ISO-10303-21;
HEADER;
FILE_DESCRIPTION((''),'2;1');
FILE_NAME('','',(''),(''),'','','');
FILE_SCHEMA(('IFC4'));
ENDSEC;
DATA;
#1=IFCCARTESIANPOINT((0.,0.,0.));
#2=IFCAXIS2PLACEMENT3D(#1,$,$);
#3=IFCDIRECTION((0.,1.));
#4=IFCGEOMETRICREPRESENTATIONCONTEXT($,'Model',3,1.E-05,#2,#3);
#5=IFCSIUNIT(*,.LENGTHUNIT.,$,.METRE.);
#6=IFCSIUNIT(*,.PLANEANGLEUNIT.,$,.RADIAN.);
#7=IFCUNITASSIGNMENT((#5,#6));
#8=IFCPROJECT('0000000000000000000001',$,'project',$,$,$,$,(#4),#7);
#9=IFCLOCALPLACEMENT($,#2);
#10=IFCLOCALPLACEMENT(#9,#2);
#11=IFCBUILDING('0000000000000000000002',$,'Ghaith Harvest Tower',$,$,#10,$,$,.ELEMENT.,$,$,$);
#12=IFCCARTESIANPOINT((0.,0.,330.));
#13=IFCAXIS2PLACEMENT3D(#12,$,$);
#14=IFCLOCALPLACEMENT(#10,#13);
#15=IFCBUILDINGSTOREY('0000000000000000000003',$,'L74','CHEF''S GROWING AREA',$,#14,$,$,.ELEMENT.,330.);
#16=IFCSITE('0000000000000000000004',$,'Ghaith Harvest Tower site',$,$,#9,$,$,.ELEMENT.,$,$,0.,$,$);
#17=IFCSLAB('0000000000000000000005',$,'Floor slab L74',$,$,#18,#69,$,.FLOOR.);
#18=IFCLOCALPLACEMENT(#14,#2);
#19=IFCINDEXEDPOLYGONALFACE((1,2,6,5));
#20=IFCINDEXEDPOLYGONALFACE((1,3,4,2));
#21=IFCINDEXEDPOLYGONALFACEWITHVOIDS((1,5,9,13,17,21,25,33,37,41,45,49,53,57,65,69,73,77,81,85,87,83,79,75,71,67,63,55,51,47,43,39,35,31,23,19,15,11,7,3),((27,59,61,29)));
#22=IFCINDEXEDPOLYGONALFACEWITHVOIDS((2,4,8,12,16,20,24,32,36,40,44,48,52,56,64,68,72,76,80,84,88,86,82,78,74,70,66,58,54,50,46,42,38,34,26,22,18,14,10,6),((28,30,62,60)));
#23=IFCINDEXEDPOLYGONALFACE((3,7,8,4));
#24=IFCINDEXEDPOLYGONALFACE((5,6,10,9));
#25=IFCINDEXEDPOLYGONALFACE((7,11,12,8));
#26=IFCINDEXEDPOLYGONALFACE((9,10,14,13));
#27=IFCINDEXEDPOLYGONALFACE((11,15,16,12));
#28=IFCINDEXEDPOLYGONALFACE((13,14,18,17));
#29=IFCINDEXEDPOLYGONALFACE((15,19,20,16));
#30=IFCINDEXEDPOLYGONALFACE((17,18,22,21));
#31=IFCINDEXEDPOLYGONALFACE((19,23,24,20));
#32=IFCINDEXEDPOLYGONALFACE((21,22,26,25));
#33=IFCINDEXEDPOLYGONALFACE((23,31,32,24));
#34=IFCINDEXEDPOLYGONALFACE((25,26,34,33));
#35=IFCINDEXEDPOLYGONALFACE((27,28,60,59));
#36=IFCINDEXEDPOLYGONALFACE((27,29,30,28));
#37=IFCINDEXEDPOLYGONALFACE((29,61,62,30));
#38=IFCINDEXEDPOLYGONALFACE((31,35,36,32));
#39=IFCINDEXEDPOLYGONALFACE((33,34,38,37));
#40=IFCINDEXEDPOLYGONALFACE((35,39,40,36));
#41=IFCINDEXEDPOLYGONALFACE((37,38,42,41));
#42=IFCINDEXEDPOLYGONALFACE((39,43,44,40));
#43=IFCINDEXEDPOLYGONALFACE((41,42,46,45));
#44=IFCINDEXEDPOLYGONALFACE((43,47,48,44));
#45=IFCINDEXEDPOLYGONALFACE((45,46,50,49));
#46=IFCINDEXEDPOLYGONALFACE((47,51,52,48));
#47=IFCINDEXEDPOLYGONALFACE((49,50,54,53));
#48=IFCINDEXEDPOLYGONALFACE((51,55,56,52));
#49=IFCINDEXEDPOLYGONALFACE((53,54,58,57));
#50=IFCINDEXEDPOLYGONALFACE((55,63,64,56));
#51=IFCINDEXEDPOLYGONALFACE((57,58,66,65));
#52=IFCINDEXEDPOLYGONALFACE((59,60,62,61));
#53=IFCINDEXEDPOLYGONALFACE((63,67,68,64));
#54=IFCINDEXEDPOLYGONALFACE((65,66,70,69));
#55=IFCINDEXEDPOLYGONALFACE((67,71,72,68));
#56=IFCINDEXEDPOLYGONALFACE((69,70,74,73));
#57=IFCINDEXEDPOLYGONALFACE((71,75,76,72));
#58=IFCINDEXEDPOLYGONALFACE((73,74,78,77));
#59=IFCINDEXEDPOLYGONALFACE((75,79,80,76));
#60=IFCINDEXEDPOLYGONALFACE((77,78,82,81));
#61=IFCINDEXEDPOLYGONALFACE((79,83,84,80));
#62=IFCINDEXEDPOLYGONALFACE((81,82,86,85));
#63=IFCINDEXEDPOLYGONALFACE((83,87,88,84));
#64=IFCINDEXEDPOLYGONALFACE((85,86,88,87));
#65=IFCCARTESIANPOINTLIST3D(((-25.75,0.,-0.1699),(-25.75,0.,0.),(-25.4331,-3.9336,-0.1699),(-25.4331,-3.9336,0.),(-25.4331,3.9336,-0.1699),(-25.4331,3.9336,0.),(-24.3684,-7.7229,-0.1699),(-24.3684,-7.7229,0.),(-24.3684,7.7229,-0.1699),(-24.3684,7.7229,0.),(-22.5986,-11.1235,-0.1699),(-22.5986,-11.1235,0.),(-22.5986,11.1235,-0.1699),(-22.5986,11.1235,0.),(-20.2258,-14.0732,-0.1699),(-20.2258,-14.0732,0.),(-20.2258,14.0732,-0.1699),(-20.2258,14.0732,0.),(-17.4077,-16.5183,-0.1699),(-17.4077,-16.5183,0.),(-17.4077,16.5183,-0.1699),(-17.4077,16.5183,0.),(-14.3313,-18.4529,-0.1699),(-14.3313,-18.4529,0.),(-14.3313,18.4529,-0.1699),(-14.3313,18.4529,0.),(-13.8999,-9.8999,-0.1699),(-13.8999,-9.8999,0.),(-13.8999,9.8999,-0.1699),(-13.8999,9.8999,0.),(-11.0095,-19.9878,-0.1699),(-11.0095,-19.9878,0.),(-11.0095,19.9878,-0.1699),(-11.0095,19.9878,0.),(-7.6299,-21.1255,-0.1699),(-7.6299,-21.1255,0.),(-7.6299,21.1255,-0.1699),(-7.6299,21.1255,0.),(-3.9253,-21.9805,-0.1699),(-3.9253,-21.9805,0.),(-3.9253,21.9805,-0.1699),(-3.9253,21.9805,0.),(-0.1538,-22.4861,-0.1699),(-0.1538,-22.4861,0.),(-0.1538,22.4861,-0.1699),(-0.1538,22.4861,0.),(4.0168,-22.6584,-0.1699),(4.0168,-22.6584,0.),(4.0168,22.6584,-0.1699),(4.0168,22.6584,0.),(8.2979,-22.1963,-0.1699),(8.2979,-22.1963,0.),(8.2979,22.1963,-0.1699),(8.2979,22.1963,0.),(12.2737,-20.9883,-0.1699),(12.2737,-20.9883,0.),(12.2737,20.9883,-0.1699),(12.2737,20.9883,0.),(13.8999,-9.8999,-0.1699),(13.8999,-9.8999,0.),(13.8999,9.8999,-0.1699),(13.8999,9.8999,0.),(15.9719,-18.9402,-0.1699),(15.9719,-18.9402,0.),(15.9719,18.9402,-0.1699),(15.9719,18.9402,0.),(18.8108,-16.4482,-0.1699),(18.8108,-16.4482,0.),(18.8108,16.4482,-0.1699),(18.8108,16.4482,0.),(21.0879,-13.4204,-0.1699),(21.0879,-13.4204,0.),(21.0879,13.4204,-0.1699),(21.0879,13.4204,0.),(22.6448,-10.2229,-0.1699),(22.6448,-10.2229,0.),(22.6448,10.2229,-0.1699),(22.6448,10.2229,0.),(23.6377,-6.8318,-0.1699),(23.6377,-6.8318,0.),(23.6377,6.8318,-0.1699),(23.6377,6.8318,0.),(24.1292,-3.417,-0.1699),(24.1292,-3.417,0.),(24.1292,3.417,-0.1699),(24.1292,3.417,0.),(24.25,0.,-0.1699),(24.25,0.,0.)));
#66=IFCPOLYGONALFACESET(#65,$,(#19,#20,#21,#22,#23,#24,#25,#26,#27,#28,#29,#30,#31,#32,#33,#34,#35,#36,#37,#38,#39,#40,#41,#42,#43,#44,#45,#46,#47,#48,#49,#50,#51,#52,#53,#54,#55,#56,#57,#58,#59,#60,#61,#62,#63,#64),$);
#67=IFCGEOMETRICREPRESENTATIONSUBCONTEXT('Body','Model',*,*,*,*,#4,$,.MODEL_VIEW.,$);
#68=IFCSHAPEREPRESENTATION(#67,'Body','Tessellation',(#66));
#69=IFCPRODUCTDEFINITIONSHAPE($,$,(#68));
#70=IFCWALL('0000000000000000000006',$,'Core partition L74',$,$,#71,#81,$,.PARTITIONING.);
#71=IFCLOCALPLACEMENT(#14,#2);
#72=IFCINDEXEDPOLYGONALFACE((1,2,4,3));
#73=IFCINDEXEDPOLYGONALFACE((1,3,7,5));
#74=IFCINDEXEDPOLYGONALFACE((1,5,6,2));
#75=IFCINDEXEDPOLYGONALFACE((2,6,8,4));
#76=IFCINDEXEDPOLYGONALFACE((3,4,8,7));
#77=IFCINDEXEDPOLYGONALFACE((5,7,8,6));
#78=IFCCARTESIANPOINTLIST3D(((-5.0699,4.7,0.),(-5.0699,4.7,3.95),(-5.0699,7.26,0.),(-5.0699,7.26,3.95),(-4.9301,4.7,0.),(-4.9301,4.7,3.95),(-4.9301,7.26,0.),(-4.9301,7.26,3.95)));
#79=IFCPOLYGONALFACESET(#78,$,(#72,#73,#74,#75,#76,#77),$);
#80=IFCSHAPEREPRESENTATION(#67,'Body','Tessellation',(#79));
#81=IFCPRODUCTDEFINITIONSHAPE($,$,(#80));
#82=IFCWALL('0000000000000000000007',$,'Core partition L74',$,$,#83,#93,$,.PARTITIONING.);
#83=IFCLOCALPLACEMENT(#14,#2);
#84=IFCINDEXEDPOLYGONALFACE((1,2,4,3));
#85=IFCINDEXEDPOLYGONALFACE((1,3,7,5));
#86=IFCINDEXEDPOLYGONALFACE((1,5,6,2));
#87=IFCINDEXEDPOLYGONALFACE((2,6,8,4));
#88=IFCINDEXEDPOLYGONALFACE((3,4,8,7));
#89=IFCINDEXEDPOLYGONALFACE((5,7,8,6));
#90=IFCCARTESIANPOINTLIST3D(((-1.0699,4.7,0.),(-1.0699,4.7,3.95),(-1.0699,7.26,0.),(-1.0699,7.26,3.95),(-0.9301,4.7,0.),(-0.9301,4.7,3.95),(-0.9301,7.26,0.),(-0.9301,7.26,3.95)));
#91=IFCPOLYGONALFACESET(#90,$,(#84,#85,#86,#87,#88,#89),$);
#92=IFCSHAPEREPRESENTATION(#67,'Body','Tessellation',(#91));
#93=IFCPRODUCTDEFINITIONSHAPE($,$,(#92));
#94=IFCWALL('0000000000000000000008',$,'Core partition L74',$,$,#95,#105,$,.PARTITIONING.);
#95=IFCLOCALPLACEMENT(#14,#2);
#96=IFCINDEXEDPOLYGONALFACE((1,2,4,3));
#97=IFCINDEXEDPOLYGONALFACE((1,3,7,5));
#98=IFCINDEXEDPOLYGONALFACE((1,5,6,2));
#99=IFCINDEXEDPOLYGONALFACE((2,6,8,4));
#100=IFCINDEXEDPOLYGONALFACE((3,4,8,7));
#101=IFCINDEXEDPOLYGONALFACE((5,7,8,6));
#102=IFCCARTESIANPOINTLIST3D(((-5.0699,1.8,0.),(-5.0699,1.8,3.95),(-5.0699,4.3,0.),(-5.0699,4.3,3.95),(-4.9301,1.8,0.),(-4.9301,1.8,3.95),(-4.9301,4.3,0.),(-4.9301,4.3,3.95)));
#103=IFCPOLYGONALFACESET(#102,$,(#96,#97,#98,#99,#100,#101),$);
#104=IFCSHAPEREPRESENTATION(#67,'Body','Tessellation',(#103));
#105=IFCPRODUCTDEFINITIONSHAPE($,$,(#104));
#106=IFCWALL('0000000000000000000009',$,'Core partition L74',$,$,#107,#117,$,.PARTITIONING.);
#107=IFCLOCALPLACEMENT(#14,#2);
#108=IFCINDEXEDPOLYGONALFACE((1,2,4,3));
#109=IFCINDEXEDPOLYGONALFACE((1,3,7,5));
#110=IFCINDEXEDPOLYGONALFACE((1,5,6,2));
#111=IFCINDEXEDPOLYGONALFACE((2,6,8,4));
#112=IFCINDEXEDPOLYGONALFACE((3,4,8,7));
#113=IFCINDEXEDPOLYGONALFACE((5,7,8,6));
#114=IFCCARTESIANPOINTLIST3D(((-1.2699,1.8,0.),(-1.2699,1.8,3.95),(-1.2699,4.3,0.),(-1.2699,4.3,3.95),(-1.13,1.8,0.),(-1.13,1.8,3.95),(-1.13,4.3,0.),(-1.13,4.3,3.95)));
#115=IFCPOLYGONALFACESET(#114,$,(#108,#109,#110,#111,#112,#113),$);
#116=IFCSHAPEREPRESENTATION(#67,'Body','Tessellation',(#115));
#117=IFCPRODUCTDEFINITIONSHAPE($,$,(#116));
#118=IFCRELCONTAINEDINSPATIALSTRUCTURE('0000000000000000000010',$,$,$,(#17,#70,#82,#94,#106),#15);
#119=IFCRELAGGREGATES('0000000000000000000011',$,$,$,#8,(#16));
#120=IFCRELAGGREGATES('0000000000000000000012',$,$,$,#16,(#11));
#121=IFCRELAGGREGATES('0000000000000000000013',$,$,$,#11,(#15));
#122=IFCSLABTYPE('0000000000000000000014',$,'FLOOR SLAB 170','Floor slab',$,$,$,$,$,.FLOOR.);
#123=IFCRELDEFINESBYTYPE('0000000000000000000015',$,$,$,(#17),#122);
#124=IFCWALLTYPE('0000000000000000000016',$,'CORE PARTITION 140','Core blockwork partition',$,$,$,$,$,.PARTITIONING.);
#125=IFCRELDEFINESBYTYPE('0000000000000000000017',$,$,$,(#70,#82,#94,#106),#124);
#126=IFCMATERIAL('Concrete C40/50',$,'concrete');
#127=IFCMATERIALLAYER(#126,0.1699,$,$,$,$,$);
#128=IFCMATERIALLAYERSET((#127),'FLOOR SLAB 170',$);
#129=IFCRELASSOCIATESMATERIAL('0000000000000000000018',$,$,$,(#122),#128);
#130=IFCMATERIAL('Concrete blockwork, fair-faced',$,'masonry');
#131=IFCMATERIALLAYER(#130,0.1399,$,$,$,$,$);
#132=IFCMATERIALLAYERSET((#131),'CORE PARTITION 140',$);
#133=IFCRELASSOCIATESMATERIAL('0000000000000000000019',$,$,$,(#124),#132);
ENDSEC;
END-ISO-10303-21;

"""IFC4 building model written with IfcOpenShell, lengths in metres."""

from ifc_helpers import new_model, si_unit, direction, frame, frame_2d, origin, place, context, subcontext, project, spatial, polyline, rectangle, outline, extrude, material, layer, layer_set, type_object, element, save


model = new_model("IFC4")

# Units and contexts
model_context = context("Model", 3, precision=1e-05, world=origin(), true_north=direction((0.0, 1.0)))
body_context = subcontext(model_context, "Body", "Model", "MODEL_VIEW")
ifc_project = project(units=[si_unit("LENGTHUNIT", "METRE"), si_unit("PLANEANGLEUNIT", "RADIAN")], contexts=[model_context])

# Site, building, storey
site_placement = place(None, origin())
site = spatial("IfcSite", under=ifc_project, at=site_placement, Name="Ghaith Harvest Tower site", CompositionType="ELEMENT", RefElevation=0.0)
building_placement = place(site_placement, origin())
building = spatial("IfcBuilding", under=site, at=building_placement, Name="Ghaith Harvest Tower", CompositionType="ELEMENT")
storey_placement = place(building_placement, frame((0.0, 0.0, 330.0)))
storey = spatial("IfcBuildingStorey", under=building, at=storey_placement, Name="L74", Description="CHEF'S GROWING AREA", CompositionType="ELEMENT", Elevation=330.0)

# Slab
ifc_material_1 = material(Name="Concrete C40/50", Category="concrete")
ifc_layer_1 = layer(ifc_material_1, 0.1699)
ifc_layer_set_1 = layer_set([ifc_layer_1], Name="FLOOR SLAB 170")
slab_type = type_object("IfcSlabType", Name="FLOOR SLAB 170", Description="Floor slab", PredefinedType="FLOOR", material=ifc_layer_set_1)
slab_placement = place(storey_placement, frame((0.0, 0.0, -0.1699)))
element("IfcSlab", 1, at=slab_placement, inside=storey, type_object=slab_type, Name="Floor slab L74", PredefinedType="FLOOR", context=body_context, shape_type="SweptSolid", body=[
    extrude(outline(polyline([(24.25, 0.0), (24.1292, 3.417), (23.6377, 6.8318), (22.6448, 10.2229), (21.0879, 13.4204), (18.8108, 16.4482), (15.9719, 18.9402), (12.2737, 20.9883), (8.2979, 22.1963), (4.0168, 22.6584), (-0.1538, 22.4861), (-3.9253, 21.9805), (-7.6299, 21.1255), (-11.0095, 19.9878), (-14.3313, 18.4529), (-17.4077, 16.5183), (-20.2258, 14.0732), (-22.5986, 11.1235), (-24.3684, 7.7229), (-25.4331, 3.9336), (-25.75, 0.0), (-25.4331, -3.9336), (-24.3684, -7.7229), (-22.5986, -11.1235), (-20.2258, -14.0732), (-17.4077, -16.5183), (-14.3313, -18.4529), (-11.0095, -19.9878), (-7.6299, -21.1255), (-3.9253, -21.9805), (-0.1538, -22.4861), (4.0168, -22.6584), (8.2979, -22.1963), (12.2737, -20.9883), (15.9719, -18.9402), (18.8108, -16.4482), (21.0879, -13.4204), (22.6448, -10.2229), (23.6377, -6.8318), (24.1292, -3.417), (24.25, 0.0)]), holes=[polyline([(-13.8999, -9.8999), (13.8999, -9.8999), (13.8999, 9.8999), (-13.8999, 9.8999), (-13.8999, -9.8999)])]), origin(), (0.0, 0.0, 1.0), 0.1699),
])

# Shared definitions
ifc_material_2 = material(Name="Concrete blockwork, fair-faced", Category="masonry")
ifc_layer_2 = layer(ifc_material_2, 0.1399)
ifc_layer_set_2 = layer_set([ifc_layer_2], Name="CORE PARTITION 140")
wall_type = type_object("IfcWallType", Name="CORE PARTITION 140", Description="Core blockwork partition", PredefinedType="PARTITIONING", material=ifc_layer_set_2)

# Walls
for number, where, z_axis, x_axis, name in (
    (2, (-5.0, 4.7, 0.0), (0.0, 0.0, 1.0), (0.0, 1.0, 0.0), "Core partition L74"),
    (3, (-1.0, 4.7, 0.0), (0.0, 0.0, 1.0), (0.0, 1.0, 0.0), "Core partition L74"),
):
    element("IfcWall", number, at=place(storey_placement, frame(where, z_axis=z_axis, x_axis=x_axis)), inside=storey, type_object=wall_type, Name=name, PredefinedType="PARTITIONING", context=body_context, shape_type="SweptSolid", body=[
        extrude(rectangle(XDim=2.5601, YDim=0.1399, at=frame_2d((1.28, 0.0))), origin(), (0.0, 0.0, 1.0), 3.95),
    ])
for number, where, z_axis, x_axis, name in (
    (4, (-5.0, 1.8, 0.0), (0.0, 0.0, 1.0), (0.0, 1.0, 0.0), "Core partition L74"),
    (5, (-1.2, 1.8, 0.0), (0.0, 0.0, 1.0), (0.0, 1.0, 0.0), "Core partition L74"),
):
    element("IfcWall", number, at=place(storey_placement, frame(where, z_axis=z_axis, x_axis=x_axis)), inside=storey, type_object=wall_type, Name=name, PredefinedType="PARTITIONING", context=body_context, shape_type="SweptSolid", body=[
        extrude(rectangle(XDim=2.5, YDim=0.1399, at=frame_2d((1.25, 0.0))), origin(), (0.0, 0.0, 1.0), 3.95),
    ])

save(model, "model.ifc")
